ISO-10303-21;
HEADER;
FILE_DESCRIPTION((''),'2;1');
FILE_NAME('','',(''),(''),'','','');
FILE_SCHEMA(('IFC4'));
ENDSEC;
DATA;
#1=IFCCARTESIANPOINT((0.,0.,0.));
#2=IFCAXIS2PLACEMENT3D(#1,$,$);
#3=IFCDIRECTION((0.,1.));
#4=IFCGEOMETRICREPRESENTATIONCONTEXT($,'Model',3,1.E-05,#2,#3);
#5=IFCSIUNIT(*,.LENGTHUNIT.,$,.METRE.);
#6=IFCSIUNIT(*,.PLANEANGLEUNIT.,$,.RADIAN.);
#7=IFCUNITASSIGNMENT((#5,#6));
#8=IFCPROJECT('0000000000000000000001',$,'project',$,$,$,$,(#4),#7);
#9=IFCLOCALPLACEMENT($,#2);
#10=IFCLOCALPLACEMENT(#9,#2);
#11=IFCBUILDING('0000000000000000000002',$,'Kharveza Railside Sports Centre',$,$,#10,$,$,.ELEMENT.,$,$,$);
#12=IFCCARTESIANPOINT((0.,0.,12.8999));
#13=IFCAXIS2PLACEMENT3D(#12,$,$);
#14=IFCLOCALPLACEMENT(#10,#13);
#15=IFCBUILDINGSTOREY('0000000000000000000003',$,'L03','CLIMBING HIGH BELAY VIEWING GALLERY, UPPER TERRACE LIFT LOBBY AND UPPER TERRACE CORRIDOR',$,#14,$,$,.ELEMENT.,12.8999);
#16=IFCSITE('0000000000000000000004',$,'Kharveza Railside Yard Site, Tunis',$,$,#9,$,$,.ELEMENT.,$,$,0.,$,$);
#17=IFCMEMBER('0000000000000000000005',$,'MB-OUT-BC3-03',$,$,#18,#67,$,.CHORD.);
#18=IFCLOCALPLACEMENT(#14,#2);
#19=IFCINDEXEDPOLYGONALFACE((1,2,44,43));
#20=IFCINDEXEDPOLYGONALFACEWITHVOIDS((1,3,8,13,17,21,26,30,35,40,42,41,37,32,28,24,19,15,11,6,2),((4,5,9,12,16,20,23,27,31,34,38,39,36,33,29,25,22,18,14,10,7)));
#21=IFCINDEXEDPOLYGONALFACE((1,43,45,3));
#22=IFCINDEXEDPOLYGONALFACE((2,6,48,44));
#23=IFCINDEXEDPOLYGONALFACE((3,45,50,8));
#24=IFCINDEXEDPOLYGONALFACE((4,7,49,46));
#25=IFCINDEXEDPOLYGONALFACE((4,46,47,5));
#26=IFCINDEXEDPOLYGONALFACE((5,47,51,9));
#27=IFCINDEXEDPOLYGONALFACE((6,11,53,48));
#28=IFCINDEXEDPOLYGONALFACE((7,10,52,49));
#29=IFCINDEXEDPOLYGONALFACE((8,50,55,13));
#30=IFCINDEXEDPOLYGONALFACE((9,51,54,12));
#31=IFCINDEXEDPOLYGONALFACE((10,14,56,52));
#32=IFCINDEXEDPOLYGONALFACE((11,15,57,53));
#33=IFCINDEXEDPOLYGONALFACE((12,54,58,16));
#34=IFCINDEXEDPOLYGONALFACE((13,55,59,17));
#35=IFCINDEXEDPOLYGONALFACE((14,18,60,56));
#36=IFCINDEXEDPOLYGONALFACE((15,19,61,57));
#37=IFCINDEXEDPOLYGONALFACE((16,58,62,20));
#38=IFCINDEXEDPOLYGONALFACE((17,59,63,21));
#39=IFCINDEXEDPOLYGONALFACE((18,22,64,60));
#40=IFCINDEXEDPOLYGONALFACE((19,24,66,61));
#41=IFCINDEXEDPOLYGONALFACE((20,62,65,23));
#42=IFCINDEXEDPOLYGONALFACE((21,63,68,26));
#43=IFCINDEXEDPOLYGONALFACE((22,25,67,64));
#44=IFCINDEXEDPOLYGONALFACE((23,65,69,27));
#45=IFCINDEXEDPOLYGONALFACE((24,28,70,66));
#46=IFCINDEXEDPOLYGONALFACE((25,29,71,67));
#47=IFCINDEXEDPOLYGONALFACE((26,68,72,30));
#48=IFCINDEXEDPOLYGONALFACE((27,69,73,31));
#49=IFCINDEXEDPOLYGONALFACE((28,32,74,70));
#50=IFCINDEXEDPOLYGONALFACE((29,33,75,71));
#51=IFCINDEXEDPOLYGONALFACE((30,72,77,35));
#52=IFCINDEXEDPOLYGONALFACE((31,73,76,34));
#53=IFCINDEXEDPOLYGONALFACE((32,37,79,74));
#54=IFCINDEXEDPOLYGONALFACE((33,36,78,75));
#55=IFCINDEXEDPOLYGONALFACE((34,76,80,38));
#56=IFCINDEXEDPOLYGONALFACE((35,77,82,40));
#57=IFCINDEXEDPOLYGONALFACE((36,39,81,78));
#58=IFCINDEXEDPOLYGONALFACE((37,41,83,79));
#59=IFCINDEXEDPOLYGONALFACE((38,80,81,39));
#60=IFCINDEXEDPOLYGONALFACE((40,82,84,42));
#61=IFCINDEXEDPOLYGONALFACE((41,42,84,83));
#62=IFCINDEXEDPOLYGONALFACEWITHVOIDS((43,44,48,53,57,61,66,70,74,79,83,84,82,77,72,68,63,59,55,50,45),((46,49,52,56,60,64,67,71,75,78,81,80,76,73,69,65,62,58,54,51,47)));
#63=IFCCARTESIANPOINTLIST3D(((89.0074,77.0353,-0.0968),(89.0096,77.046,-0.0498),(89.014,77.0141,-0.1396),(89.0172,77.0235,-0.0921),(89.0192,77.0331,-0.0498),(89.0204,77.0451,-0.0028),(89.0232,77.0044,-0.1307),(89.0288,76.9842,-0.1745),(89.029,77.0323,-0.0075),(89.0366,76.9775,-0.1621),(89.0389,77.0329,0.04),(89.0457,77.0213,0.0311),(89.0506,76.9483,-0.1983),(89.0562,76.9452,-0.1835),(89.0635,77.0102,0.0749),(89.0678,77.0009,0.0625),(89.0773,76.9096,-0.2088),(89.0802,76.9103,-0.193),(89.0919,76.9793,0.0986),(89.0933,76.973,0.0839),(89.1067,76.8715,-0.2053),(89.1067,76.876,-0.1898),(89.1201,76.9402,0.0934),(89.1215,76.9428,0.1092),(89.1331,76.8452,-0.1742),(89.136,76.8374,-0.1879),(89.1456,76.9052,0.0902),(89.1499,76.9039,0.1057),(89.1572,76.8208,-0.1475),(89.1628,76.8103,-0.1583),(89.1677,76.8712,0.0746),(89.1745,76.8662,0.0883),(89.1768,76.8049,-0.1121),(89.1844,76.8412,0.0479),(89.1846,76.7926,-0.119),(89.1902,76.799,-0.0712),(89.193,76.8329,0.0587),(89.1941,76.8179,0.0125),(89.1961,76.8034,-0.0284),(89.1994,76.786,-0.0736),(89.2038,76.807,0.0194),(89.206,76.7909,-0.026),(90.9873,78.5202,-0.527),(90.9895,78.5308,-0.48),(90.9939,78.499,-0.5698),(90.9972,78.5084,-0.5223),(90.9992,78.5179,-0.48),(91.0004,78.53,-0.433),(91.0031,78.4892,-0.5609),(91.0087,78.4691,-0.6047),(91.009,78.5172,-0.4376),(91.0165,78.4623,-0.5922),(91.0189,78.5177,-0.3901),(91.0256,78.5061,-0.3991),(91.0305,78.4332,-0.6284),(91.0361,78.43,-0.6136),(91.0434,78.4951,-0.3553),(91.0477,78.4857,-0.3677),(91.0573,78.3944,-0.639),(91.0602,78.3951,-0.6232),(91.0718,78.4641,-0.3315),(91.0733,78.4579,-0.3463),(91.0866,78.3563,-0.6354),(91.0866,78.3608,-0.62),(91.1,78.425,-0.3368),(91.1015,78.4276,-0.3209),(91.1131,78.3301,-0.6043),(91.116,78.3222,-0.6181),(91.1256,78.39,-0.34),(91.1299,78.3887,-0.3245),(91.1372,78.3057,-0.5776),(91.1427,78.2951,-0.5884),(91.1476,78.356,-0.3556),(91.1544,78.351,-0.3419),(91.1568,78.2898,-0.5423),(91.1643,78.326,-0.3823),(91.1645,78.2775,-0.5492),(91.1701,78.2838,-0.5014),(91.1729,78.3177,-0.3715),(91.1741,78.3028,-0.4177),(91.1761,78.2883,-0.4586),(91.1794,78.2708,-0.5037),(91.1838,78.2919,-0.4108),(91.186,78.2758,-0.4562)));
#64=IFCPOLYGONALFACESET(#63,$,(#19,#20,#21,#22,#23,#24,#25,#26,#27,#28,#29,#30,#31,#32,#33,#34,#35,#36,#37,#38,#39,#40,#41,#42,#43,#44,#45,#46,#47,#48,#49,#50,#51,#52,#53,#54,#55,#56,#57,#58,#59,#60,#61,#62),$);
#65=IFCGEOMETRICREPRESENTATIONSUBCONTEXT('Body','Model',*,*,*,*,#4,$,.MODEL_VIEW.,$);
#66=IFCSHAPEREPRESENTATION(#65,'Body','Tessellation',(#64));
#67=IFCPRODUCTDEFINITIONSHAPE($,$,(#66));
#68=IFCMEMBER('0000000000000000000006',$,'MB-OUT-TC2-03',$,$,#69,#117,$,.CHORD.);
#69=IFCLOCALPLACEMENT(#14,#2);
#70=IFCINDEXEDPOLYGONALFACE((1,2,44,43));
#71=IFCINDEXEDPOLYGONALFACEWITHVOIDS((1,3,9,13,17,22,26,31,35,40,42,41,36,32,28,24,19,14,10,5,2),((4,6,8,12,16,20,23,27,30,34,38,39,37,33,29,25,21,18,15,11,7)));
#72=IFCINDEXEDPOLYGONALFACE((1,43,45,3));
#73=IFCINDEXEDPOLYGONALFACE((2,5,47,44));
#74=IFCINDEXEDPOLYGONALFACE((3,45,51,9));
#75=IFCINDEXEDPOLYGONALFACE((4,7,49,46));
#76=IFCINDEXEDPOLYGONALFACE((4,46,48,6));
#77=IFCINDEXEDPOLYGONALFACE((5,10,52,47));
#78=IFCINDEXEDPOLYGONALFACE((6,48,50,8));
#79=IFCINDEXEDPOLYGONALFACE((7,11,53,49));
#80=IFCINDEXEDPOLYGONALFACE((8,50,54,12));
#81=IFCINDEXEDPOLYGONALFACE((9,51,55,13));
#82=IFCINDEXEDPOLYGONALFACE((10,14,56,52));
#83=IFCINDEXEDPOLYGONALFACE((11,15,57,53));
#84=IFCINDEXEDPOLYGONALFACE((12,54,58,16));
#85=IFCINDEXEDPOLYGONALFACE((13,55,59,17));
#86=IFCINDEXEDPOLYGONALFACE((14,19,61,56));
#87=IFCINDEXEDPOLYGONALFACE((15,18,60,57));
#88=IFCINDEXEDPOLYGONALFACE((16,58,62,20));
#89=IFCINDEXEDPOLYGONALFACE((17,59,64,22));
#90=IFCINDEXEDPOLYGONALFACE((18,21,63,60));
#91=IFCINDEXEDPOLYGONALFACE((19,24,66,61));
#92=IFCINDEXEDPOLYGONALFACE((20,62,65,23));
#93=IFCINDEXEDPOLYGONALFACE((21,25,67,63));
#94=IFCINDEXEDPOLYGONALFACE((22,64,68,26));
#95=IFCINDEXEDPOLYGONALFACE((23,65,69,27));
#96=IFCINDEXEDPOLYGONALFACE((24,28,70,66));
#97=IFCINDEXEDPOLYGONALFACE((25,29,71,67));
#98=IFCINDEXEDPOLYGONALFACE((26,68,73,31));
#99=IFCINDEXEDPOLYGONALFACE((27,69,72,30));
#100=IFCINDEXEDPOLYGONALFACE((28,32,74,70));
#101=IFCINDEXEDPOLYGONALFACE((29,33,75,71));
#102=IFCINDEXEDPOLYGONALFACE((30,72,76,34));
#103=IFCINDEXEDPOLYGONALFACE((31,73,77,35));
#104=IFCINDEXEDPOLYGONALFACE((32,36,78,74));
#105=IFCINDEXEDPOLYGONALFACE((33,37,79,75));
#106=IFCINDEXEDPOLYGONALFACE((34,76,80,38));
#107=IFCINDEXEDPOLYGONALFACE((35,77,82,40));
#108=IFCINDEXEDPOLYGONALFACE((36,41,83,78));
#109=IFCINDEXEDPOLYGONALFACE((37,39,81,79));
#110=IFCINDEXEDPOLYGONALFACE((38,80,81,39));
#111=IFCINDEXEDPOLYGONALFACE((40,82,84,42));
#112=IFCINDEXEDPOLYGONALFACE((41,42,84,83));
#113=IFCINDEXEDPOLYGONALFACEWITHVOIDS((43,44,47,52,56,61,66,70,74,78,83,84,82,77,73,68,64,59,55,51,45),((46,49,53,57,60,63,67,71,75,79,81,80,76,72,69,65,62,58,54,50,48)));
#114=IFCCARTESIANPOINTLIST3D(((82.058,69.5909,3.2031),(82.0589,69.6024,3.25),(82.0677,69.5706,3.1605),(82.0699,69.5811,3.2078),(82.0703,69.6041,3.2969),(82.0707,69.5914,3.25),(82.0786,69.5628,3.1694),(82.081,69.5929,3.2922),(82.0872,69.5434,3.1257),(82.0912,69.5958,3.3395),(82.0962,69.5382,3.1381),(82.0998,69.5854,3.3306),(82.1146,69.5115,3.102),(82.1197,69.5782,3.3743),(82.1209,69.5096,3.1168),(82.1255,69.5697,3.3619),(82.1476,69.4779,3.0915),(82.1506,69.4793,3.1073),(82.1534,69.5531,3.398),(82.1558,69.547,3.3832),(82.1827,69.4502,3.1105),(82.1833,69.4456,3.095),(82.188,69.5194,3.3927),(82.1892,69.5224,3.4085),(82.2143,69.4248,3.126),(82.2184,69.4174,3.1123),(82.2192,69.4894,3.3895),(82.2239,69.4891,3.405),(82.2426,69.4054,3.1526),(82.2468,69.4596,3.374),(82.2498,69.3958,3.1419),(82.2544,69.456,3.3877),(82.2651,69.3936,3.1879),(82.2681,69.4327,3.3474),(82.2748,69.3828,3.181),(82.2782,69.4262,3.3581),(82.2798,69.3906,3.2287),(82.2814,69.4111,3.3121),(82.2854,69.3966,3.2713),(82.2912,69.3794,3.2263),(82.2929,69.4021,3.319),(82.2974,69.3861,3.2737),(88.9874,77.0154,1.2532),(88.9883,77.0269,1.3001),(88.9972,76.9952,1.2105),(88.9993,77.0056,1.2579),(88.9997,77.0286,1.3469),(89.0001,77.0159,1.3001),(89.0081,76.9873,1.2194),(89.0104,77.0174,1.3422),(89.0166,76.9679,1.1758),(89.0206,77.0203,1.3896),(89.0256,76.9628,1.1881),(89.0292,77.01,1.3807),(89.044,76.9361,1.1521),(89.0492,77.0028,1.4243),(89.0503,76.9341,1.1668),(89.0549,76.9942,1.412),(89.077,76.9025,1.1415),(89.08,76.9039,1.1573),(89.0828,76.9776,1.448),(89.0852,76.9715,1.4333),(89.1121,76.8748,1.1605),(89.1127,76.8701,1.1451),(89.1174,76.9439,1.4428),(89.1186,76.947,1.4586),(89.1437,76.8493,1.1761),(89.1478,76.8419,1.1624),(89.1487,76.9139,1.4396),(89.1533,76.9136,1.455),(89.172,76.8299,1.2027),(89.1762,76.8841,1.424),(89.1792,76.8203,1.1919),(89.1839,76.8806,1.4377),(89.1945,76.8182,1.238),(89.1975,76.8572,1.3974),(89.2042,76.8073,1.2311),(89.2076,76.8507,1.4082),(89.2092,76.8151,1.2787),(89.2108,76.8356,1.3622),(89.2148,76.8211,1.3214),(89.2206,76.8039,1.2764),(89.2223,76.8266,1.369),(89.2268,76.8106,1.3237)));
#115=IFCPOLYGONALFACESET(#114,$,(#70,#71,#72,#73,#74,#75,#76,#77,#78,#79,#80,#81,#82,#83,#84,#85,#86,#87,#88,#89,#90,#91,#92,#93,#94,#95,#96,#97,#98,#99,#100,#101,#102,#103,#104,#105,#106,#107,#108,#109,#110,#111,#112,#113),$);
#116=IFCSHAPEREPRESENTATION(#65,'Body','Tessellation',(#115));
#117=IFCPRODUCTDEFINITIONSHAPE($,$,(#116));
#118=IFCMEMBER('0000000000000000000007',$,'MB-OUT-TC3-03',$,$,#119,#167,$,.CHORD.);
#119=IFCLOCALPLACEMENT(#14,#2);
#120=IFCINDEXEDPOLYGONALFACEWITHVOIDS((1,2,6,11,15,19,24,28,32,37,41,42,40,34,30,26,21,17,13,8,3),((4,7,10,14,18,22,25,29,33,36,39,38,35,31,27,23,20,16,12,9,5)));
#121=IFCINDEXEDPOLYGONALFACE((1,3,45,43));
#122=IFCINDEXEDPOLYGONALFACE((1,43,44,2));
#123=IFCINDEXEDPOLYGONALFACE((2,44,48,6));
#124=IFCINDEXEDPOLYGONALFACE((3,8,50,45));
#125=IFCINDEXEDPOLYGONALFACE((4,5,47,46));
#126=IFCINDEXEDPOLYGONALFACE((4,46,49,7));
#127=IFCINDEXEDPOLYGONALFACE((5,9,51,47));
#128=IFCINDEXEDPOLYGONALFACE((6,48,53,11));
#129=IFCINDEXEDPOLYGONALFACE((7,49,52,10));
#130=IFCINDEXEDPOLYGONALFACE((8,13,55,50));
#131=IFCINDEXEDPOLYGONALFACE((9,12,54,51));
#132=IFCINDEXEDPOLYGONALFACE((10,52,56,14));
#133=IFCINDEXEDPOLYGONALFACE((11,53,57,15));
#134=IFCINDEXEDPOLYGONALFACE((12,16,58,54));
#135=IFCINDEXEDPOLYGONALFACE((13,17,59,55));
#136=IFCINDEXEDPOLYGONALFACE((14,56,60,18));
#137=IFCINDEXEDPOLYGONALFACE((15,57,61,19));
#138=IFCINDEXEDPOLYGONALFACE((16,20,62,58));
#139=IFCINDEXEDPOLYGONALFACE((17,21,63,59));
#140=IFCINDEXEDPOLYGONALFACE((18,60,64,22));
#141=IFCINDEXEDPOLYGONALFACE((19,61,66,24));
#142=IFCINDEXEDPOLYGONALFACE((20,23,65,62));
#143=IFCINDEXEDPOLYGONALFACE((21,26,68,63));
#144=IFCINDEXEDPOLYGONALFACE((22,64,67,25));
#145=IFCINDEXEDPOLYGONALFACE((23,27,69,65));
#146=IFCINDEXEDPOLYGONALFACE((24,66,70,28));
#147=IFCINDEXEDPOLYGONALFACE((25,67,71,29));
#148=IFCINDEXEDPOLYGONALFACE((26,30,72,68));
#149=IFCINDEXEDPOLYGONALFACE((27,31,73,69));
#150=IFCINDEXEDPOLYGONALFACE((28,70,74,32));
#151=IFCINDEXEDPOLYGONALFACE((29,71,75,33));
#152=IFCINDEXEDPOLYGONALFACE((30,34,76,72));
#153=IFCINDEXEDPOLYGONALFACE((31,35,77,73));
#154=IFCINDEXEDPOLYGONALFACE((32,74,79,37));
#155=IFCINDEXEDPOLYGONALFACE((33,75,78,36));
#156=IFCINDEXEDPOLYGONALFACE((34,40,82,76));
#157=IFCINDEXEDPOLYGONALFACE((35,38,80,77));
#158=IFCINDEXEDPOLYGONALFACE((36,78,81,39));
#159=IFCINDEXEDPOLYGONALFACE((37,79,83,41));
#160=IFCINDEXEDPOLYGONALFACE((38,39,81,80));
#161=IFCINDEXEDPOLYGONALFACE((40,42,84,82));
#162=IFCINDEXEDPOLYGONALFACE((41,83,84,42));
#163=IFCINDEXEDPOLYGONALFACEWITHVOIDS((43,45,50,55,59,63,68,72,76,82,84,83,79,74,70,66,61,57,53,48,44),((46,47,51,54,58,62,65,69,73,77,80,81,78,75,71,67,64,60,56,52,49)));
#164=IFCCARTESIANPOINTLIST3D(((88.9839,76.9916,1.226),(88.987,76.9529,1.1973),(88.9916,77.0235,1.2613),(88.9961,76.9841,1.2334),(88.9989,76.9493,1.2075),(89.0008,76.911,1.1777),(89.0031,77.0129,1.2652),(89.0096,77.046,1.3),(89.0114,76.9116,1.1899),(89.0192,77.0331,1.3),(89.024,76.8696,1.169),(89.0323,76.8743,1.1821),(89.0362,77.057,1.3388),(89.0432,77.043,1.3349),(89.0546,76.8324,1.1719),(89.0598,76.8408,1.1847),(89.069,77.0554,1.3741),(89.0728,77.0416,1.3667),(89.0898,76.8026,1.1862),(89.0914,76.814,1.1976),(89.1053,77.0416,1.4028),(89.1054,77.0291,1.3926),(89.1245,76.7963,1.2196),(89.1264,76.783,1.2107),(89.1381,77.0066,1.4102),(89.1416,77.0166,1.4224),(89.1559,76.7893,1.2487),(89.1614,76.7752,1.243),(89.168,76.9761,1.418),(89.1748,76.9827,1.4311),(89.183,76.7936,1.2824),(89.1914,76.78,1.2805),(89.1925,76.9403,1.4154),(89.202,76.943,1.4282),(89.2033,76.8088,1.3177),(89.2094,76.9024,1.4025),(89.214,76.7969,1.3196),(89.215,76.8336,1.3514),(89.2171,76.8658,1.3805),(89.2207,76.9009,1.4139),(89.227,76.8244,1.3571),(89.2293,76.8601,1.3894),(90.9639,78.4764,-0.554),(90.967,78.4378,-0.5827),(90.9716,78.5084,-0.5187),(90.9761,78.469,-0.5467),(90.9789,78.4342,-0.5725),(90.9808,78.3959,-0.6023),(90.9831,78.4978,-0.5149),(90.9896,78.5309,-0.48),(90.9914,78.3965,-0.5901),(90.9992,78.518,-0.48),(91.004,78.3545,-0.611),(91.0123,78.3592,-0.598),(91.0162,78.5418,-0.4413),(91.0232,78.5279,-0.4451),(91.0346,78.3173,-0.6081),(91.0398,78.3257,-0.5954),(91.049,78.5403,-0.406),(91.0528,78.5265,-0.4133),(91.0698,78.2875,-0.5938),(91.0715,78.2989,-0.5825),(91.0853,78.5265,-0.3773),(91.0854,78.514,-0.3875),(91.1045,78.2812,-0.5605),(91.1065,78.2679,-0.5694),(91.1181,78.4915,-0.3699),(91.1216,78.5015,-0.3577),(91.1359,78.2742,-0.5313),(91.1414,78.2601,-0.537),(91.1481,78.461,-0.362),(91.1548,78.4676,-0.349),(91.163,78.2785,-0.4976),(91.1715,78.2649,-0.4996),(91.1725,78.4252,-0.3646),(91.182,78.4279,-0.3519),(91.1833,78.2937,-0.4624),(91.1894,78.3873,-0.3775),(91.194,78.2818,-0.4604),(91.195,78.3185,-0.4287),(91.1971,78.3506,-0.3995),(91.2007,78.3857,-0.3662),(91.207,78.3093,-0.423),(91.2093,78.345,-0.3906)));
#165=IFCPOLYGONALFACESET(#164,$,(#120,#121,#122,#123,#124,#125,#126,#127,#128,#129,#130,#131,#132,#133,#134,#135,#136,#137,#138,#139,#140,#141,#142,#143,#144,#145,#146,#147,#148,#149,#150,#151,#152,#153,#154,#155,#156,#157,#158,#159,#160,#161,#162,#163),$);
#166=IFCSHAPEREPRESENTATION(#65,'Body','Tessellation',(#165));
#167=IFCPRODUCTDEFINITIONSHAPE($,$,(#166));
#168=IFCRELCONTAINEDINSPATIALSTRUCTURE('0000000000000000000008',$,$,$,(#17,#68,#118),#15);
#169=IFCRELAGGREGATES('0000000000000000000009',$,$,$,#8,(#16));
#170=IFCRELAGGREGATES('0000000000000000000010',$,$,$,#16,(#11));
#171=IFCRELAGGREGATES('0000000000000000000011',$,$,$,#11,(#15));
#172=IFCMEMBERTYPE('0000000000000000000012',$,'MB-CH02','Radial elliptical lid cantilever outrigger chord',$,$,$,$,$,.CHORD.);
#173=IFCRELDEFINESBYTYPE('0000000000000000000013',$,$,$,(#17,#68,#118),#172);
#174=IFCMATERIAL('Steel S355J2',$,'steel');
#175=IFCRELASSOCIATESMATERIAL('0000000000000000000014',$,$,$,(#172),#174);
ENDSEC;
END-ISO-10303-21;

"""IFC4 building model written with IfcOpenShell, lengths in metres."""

from ifc_helpers import new_model, si_unit, direction, frame, origin, origin_2d, place, context, subcontext, project, spatial, hollow_circle, extrude, material, material_profile, profile_set, type_object, element, save


model = new_model("IFC4")

# Units and contexts
model_context = context("Model", 3, precision=1e-05, world=origin(), true_north=direction((0.0, 1.0)))
body_context = subcontext(model_context, "Body", "Model", "MODEL_VIEW")
ifc_project = project(units=[si_unit("LENGTHUNIT", "METRE"), si_unit("PLANEANGLEUNIT", "RADIAN")], contexts=[model_context])

# Site, building, storey
site_placement = place(None, origin())
site = spatial("IfcSite", under=ifc_project, at=site_placement, Name="Kharveza Railside Yard Site, Tunis", CompositionType="ELEMENT", RefElevation=0.0)
building_placement = place(site_placement, origin())
building = spatial("IfcBuilding", under=site, at=building_placement, Name="Kharveza Railside Sports Centre", CompositionType="ELEMENT")
storey_placement = place(building_placement, frame((0.0, 0.0, 12.8999)))
storey = spatial("IfcBuildingStorey", under=building, at=storey_placement, Name="L03", Description="CLIMBING HIGH BELAY VIEWING GALLERY, UPPER TERRACE LIFT LOBBY AND UPPER TERRACE CORRIDOR", CompositionType="ELEMENT", Elevation=12.8999)

# Shared definitions
ifc_material_1 = material(Name="Steel S355J2", Category="steel")

# Members
ifc_material_profile_1 = material_profile(ifc_material_1, hollow_circle(Radius=0.1619, WallThickness=0.0161, at=origin_2d()), Name="CHS 323.9x16.0")
ifc_profile_set_1 = profile_set([ifc_material_profile_1], Name="Steel S355J2")
member_type_1 = type_object("IfcMemberType", Name="MB-CH02", Description="Radial elliptical lid cantilever outrigger chord", PredefinedType="CHORD", material=ifc_profile_set_1)
member_1_placement = place(storey_placement, frame((89.1067, 76.9165, -0.0498), z_axis=(0.788206, 0.591106, -0.171248), x_axis=(-0.599968, 0.800024, 0.0)))
element("IfcMember", 1, at=member_1_placement, inside=storey, type_object=member_type_1, Name="MB-OUT-BC3-03", PredefinedType="CHORD", context=body_context, shape_type="SweptSolid", body=[
    extrude(hollow_circle(Radius=0.1619, WallThickness=0.0161, at=origin_2d()), origin(), (0.0, 0.0, 1.0), 2.512),
])
member_2_placement = place(storey_placement, frame((82.1772, 69.4919, 3.25), z_axis=(0.670071, 0.717949, -0.188559), x_axis=(-0.731062, 0.682311, 0.0)))
element("IfcMember", 2, at=member_2_placement, inside=storey, type_object=member_type_1, Name="MB-OUT-TC2-03", PredefinedType="CHORD", context=body_context, shape_type="SweptSolid", body=[
    extrude(hollow_circle(Radius=0.1619, WallThickness=0.0161, at=origin_2d()), origin(), (0.0, 0.0, 1.0), 10.3413),
])
member_3_placement = place(storey_placement, frame((89.1067, 76.9165, 1.3), z_axis=(0.649483, 0.487072, -0.583894), x_axis=(-0.599968, 0.800024, 0.0)))
element("IfcMember", 3, at=member_3_placement, inside=storey, type_object=member_type_1, Name="MB-OUT-TC3-03", PredefinedType="CHORD", context=body_context, shape_type="SweptSolid", body=[
    extrude(hollow_circle(Radius=0.1619, WallThickness=0.0161, at=origin_2d()), origin(), (0.0, 0.0, 1.0), 3.0486),
])

save(model, "model.ifc")
